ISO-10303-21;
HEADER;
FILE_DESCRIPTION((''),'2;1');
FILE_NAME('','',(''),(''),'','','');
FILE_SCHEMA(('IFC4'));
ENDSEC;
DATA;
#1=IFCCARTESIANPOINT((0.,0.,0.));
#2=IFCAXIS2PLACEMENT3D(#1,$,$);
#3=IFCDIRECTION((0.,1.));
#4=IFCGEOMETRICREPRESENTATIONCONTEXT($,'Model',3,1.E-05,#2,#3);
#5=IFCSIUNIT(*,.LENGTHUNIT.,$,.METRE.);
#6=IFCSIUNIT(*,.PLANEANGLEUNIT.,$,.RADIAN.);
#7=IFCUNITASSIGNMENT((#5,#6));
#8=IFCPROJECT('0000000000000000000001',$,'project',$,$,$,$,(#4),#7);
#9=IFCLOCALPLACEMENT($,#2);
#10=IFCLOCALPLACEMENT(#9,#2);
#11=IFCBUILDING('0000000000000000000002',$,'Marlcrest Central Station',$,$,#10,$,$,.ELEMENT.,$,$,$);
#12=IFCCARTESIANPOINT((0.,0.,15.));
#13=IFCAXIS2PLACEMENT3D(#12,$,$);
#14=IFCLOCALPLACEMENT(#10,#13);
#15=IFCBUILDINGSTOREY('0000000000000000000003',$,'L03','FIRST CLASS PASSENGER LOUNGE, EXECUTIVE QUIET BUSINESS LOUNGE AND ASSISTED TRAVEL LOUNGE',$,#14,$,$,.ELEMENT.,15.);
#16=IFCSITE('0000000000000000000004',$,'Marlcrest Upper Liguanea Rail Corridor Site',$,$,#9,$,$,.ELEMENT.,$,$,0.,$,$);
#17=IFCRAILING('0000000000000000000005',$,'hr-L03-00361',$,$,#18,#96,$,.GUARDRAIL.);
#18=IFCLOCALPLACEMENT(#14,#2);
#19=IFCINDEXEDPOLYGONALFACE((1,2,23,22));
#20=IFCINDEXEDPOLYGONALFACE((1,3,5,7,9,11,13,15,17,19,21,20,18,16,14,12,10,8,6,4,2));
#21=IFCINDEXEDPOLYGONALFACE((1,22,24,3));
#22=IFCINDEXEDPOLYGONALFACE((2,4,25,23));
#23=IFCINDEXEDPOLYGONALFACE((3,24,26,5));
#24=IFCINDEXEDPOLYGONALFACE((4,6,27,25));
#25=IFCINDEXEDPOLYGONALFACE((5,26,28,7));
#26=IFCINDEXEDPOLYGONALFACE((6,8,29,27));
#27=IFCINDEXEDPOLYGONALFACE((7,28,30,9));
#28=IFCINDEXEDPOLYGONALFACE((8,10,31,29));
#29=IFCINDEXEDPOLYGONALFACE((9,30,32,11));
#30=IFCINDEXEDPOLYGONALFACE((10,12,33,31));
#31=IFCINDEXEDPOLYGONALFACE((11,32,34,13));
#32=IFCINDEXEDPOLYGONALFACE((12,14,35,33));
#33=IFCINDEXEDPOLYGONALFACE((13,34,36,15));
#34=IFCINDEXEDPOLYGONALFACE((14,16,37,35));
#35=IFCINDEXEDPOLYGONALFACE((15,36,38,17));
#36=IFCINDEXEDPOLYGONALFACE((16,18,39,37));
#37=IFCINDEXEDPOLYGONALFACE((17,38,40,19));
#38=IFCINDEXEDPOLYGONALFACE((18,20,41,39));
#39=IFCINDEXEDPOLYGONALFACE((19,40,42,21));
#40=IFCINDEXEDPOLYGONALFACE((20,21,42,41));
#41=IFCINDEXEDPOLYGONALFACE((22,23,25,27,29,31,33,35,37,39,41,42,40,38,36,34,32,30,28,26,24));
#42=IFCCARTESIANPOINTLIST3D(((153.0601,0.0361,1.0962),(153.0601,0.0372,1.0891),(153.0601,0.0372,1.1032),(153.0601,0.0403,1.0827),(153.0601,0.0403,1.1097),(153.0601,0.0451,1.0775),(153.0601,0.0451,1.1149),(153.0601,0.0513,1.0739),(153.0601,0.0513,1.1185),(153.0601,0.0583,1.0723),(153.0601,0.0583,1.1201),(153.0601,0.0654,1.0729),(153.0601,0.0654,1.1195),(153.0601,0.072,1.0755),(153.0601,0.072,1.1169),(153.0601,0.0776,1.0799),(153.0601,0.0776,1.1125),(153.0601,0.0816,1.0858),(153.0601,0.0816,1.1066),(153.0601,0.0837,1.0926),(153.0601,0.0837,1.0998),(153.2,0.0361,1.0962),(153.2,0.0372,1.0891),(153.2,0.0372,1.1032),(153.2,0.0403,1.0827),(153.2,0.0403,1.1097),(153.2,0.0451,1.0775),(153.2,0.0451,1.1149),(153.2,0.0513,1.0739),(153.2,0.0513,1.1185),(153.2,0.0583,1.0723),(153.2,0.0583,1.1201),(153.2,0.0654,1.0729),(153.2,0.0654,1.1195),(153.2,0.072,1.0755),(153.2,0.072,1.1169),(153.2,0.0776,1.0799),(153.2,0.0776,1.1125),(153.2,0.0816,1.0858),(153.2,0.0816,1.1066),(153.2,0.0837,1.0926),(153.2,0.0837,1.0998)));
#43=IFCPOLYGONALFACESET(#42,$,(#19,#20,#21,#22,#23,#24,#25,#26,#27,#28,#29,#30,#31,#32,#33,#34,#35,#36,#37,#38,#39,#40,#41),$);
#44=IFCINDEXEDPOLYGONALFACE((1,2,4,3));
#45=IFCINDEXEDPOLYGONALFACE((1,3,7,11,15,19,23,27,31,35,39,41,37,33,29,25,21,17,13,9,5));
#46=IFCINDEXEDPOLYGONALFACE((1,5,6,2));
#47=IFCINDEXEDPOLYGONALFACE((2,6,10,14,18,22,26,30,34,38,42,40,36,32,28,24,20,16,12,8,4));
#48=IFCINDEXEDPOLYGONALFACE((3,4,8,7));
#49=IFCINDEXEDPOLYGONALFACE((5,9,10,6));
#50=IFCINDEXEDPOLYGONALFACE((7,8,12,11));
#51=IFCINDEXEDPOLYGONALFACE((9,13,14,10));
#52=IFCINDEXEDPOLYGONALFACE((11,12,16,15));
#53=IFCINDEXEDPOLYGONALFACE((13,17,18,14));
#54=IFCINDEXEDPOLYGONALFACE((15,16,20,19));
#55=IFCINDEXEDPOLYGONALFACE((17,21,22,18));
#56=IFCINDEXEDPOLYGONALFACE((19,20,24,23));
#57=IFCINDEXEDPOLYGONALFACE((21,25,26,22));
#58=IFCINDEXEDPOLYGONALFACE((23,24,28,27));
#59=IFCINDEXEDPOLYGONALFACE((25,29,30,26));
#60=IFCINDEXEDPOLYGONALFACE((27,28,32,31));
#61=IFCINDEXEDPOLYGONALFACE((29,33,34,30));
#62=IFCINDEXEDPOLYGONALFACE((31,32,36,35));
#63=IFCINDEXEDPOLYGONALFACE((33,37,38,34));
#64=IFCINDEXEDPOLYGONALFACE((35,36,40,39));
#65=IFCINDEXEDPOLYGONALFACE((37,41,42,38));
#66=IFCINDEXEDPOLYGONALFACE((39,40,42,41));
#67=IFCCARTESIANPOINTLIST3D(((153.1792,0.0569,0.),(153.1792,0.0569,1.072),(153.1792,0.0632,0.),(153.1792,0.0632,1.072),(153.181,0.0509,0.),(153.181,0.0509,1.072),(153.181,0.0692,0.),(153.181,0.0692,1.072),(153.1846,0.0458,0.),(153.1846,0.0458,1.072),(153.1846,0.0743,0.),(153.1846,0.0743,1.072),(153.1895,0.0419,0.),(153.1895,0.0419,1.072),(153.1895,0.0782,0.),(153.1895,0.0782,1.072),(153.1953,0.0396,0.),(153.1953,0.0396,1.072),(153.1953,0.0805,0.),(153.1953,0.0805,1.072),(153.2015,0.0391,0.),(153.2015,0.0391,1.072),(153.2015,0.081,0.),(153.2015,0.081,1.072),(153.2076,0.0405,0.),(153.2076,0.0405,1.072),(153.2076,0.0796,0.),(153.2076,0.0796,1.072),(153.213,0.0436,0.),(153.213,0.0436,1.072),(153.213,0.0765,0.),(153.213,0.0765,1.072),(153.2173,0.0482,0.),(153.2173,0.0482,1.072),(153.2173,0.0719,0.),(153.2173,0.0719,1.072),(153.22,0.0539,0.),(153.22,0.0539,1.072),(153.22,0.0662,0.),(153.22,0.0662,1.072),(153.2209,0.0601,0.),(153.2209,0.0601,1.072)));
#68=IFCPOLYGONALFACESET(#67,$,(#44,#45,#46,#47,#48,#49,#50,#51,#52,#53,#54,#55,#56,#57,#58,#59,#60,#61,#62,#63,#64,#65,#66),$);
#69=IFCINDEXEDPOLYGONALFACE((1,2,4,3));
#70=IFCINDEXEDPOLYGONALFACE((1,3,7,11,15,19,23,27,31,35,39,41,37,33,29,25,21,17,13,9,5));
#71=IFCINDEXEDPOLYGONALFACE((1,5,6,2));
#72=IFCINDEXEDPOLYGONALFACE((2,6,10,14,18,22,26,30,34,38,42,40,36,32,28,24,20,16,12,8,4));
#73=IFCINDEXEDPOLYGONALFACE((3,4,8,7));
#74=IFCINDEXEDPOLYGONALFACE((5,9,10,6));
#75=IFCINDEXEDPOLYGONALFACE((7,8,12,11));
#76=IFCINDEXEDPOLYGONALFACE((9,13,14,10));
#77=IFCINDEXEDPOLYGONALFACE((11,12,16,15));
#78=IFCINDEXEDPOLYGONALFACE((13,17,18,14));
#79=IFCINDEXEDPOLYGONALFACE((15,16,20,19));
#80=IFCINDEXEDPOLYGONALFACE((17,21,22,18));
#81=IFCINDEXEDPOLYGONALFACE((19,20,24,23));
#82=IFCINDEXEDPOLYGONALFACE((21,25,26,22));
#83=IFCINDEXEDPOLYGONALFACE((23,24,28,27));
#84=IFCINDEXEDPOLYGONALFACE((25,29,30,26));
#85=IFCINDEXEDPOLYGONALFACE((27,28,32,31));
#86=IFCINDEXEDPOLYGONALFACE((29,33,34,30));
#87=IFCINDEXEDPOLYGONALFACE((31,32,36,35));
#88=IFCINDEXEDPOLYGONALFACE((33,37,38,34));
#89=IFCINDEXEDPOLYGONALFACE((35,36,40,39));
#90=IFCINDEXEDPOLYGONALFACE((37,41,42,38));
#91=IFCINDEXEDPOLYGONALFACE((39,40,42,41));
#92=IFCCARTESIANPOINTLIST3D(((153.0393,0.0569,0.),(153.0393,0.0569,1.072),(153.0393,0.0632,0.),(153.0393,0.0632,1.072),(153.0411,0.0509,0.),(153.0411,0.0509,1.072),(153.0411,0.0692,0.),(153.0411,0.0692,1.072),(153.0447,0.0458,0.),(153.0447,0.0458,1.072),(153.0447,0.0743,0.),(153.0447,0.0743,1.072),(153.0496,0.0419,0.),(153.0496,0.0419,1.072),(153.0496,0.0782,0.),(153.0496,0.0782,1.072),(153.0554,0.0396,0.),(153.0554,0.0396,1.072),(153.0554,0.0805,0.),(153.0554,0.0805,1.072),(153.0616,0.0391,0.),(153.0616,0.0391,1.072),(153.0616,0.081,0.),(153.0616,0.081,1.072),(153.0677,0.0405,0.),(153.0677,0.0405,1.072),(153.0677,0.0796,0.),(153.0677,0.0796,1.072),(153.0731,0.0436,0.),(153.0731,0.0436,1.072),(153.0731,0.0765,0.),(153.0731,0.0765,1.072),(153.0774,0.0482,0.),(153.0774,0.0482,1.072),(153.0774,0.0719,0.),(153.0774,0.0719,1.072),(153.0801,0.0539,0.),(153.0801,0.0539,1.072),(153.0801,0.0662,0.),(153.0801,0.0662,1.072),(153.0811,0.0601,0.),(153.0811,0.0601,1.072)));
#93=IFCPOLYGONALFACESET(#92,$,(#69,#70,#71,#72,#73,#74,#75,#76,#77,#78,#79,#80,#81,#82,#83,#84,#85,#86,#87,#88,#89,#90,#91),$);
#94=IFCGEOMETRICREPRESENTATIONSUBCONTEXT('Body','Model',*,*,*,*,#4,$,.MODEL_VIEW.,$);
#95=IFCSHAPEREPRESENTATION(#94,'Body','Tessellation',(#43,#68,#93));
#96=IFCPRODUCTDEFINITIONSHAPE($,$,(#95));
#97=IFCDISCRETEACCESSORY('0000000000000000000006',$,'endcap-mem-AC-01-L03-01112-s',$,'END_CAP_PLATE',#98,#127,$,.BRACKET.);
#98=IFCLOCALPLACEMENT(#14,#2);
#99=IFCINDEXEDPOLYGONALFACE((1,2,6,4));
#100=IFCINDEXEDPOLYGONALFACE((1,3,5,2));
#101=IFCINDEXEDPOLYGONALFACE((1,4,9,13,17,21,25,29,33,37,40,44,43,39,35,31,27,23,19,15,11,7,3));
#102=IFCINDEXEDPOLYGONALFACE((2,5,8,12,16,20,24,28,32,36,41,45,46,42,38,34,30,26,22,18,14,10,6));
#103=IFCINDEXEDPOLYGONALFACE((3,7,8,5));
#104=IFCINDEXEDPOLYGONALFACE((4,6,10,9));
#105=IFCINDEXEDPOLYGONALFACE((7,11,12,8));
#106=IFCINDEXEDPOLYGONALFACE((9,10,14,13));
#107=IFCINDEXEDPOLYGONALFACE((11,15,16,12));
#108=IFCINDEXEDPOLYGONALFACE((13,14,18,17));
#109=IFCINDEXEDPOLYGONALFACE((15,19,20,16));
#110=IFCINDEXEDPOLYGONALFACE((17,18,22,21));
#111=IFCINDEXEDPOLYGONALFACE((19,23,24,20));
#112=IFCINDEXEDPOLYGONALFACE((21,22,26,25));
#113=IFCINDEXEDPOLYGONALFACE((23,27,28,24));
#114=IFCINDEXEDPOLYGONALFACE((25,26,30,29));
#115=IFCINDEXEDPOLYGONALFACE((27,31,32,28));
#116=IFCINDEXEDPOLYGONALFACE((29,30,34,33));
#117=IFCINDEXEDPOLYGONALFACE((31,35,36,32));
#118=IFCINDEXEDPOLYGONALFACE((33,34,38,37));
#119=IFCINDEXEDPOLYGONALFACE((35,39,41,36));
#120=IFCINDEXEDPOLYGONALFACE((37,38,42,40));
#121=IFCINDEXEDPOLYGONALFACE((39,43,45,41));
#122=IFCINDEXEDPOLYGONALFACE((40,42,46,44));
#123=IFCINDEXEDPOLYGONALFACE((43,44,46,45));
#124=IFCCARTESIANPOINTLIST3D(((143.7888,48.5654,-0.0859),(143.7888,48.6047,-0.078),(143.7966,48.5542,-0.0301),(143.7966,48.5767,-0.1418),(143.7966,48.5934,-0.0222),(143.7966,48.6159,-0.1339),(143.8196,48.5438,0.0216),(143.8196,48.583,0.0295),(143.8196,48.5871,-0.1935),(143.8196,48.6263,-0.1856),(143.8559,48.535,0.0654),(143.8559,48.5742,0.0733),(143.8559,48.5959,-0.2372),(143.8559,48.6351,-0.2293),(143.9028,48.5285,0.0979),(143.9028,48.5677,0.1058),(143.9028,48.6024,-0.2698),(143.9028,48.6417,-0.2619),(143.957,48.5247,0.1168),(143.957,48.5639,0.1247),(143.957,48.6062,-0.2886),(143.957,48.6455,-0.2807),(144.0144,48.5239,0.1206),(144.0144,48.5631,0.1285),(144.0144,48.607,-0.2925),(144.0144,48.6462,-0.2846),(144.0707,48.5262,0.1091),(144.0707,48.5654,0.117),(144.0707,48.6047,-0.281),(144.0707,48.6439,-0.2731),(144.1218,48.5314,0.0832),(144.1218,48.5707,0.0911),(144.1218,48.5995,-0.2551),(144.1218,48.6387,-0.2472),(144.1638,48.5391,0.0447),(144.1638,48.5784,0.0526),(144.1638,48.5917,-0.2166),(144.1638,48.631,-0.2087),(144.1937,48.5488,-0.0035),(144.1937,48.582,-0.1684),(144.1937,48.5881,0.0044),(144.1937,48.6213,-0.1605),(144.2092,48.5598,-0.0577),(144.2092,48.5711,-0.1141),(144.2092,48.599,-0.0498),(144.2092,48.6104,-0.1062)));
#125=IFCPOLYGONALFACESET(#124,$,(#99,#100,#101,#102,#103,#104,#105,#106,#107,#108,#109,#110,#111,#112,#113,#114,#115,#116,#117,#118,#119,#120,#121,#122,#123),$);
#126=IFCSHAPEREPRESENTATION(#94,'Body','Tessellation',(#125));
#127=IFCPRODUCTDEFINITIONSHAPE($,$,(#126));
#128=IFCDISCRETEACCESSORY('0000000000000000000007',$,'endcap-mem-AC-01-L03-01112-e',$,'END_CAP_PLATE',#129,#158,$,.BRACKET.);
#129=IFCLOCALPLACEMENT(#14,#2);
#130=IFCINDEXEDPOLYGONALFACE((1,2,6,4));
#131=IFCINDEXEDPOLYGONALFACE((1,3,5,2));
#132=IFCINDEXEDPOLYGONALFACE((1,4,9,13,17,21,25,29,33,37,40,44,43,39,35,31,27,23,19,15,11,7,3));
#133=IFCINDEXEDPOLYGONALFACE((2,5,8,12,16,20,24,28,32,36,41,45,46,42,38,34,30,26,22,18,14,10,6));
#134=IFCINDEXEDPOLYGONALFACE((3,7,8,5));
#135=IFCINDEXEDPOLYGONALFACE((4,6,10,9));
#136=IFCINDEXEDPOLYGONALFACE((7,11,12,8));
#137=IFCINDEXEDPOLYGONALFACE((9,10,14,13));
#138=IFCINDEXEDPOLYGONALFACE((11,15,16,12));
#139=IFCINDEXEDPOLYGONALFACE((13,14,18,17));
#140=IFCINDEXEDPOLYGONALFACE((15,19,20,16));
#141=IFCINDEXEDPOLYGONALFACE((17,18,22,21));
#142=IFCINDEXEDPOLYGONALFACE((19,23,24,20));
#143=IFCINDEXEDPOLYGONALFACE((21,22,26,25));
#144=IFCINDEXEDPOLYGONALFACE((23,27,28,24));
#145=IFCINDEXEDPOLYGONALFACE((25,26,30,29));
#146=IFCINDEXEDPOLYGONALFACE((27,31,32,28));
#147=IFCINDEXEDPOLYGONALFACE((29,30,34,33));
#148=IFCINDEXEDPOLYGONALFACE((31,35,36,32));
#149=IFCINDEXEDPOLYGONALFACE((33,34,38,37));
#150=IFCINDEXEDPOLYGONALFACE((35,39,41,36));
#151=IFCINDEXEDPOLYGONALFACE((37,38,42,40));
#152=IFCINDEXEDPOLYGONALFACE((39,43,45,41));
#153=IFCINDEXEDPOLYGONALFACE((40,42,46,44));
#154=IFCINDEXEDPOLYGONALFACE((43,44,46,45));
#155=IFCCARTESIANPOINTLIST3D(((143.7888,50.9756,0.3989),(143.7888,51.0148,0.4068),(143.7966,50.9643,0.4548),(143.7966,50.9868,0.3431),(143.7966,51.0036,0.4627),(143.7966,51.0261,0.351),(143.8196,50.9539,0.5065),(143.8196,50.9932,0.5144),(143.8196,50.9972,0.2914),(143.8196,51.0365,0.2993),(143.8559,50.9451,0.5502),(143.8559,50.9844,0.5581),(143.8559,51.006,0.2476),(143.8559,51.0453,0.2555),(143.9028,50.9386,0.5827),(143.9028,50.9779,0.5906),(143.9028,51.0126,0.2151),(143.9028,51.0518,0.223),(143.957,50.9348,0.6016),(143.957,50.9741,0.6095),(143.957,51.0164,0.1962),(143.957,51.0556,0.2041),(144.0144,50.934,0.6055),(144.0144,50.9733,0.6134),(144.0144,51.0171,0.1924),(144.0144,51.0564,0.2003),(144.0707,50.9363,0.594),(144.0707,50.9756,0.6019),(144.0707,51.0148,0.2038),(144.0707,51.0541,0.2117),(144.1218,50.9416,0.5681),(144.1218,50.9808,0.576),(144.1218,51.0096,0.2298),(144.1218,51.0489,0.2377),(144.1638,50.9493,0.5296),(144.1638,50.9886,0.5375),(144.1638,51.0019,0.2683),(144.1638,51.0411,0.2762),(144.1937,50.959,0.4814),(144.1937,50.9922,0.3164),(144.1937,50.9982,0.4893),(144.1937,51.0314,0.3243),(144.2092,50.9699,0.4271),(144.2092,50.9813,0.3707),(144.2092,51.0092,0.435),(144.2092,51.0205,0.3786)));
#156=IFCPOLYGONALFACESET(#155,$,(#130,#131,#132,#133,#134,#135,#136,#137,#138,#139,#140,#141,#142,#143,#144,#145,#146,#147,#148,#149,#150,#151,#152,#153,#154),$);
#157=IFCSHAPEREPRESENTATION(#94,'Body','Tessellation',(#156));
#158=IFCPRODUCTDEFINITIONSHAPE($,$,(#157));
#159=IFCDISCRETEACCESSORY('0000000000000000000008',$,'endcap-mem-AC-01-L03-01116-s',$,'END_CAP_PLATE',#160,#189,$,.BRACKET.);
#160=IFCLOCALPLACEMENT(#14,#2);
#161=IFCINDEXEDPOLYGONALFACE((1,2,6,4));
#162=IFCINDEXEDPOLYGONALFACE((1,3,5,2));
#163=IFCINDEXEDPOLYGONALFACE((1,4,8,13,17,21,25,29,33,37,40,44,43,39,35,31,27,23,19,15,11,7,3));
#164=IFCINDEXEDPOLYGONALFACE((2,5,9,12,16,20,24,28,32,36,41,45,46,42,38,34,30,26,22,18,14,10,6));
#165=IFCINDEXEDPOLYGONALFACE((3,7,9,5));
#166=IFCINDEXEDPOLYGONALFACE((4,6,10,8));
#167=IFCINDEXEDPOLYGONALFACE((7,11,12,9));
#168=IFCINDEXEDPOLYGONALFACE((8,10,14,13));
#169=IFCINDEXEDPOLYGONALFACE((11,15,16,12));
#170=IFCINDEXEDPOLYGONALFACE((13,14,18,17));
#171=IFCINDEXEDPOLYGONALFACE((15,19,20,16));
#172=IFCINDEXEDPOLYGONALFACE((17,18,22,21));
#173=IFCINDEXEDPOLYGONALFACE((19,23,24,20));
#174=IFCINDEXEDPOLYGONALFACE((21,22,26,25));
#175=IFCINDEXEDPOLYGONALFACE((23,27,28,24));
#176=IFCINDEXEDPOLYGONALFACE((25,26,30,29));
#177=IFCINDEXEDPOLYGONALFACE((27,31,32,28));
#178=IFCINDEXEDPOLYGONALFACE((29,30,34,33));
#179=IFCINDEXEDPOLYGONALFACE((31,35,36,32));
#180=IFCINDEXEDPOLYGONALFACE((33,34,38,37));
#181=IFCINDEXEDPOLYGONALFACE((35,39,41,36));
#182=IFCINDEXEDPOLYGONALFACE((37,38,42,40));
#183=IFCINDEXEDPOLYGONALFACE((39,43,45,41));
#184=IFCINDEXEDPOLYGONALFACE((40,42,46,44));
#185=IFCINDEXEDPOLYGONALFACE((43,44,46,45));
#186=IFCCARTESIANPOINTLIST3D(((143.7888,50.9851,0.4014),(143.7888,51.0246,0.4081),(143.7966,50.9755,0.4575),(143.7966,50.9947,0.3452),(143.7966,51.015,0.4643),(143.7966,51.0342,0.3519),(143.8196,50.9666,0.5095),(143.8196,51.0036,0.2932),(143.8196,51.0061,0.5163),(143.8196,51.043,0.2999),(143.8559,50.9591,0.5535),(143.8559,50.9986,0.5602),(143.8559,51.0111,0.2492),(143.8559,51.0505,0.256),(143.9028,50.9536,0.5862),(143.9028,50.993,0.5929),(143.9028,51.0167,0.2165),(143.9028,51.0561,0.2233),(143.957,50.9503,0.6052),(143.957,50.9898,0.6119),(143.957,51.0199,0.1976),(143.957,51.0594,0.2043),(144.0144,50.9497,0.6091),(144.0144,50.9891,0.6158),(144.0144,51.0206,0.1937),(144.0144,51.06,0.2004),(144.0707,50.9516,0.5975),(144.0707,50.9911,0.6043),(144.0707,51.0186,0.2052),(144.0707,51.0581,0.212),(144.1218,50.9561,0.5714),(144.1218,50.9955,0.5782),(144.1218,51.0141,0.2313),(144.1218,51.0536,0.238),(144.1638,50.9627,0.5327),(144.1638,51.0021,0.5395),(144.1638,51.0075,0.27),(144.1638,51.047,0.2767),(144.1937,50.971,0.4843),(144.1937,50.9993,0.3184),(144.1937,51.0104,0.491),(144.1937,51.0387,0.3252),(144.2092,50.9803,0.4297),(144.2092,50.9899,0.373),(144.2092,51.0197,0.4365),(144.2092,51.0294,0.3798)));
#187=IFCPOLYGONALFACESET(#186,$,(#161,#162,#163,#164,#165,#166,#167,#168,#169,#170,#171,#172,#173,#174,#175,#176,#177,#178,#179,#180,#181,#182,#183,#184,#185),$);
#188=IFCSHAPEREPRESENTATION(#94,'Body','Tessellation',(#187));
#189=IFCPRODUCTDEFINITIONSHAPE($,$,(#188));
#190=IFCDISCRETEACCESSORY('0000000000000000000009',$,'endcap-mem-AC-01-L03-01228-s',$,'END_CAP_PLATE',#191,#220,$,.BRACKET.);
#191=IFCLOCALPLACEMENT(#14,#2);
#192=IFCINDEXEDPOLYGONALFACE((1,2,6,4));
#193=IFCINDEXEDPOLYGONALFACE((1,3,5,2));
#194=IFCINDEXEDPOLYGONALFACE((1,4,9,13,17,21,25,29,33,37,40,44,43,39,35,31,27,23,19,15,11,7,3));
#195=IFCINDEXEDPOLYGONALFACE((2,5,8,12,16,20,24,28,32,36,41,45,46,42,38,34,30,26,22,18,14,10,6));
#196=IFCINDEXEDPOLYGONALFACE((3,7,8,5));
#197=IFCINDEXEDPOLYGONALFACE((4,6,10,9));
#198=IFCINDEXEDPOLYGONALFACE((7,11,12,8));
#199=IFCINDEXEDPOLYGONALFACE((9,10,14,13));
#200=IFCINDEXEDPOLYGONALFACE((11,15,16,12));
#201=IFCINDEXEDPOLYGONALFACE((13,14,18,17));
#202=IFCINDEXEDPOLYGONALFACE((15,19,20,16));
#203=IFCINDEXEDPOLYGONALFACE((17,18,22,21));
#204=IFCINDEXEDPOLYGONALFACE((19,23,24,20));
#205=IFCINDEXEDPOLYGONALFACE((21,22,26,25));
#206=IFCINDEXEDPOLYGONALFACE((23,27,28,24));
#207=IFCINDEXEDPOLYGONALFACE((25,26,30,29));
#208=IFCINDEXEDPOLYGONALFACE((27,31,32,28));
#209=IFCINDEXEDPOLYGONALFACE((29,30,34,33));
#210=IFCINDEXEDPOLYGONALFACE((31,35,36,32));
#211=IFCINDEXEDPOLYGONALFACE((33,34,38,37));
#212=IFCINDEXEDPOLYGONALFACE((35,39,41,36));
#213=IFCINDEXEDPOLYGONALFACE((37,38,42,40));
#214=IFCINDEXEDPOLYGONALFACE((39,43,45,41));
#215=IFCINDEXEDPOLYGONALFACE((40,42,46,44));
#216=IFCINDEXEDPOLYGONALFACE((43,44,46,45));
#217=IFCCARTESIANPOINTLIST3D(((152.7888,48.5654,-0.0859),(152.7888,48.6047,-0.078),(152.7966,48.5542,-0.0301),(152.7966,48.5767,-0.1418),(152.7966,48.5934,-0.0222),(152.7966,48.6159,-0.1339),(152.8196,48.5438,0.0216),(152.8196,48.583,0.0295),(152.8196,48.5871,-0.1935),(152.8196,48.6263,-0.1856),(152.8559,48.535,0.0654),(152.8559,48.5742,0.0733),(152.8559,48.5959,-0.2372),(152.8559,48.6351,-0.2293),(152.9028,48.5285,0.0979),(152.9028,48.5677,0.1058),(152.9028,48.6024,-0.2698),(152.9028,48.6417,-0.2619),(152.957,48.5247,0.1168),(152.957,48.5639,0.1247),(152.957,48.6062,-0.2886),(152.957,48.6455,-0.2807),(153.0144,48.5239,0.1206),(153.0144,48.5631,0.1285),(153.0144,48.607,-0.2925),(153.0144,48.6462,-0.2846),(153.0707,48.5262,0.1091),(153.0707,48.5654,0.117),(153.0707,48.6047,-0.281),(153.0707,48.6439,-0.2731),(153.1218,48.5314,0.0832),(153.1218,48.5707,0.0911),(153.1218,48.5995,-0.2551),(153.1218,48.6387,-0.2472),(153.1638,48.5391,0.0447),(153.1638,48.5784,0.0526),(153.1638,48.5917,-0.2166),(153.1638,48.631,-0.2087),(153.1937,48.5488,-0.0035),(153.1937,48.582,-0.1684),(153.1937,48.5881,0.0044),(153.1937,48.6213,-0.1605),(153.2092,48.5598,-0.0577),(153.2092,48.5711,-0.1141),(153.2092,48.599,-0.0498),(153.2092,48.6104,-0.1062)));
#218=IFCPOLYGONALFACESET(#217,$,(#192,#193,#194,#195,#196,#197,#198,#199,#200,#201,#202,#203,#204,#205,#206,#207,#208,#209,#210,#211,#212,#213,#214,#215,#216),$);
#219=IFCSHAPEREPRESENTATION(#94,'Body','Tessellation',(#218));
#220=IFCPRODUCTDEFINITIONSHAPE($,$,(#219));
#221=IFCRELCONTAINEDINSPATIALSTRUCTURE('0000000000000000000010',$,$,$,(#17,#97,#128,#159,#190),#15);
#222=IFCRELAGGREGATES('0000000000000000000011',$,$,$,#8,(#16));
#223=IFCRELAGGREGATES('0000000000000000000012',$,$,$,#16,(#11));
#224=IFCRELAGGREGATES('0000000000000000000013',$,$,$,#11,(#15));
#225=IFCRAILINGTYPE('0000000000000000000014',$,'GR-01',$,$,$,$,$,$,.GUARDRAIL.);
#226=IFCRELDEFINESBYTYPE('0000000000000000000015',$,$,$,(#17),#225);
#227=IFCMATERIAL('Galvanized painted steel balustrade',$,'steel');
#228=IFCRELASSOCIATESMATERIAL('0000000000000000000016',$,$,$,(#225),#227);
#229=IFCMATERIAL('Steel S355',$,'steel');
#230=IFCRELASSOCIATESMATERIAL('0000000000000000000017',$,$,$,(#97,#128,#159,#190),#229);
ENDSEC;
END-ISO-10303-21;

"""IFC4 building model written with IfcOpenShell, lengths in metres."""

from ifc_helpers import new_model, si_unit, direction, frame, origin, origin_2d, place, context, subcontext, project, spatial, circle, extrude, material, type_object, element, save


model = new_model("IFC4")

# Units and contexts
model_context = context("Model", 3, precision=1e-05, world=origin(), true_north=direction((0.0, 1.0)))
body_context = subcontext(model_context, "Body", "Model", "MODEL_VIEW")
ifc_project = project(units=[si_unit("LENGTHUNIT", "METRE"), si_unit("PLANEANGLEUNIT", "RADIAN")], contexts=[model_context])

# Site, building, storey
site_placement = place(None, origin())
site = spatial("IfcSite", under=ifc_project, at=site_placement, Name="Marlcrest Upper Liguanea Rail Corridor Site", CompositionType="ELEMENT", RefElevation=0.0)
building_placement = place(site_placement, origin())
building = spatial("IfcBuilding", under=site, at=building_placement, Name="Marlcrest Central Station", CompositionType="ELEMENT")
storey_placement = place(building_placement, frame((0.0, 0.0, 15.0)))
storey = spatial("IfcBuildingStorey", under=building, at=storey_placement, Name="L03", Description="FIRST CLASS PASSENGER LOUNGE, EXECUTIVE QUIET BUSINESS LOUNGE AND ASSISTED TRAVEL LOUNGE", CompositionType="ELEMENT", Elevation=15.0)

# Shared definitions
ifc_material_1 = material(Name="Steel S355", Category="steel")

# Railing
ifc_material_2 = material(Name="Galvanized painted steel balustrade", Category="steel")
railing_type = type_object("IfcRailingType", Name="GR-01", PredefinedType="GUARDRAIL", material=ifc_material_2)
railing_1_placement = place(storey_placement, frame((153.2, 0.0601, 0.0)))
element("IfcRailing", 1, at=railing_1_placement, inside=storey, type_object=railing_type, Name="hr-L03-00361", PredefinedType="GUARDRAIL", context=body_context, shape_type="SweptSolid", body=[
    extrude(circle(Radius=0.0239, at=origin_2d()), frame((0.0, 0.0, 1.0962), z_axis=(-1.0, 0.0, 0.0), x_axis=(0.0, -1.0, 0.0)), (0.0, 0.0, 1.0), 0.1399),
    extrude(circle(Radius=0.021, at=origin_2d()), origin(), (0.0, 0.0, 1.0), 1.072),
    extrude(circle(Radius=0.021, at=origin_2d()), frame((-0.1399, 0.0, 0.0)), (0.0, 0.0, 1.0), 1.072),
])

# Discrete accessories
for number, where, z_axis, x_axis, name in (
    (2, (144.0, 48.5654, -0.0859), (0.0, 0.980359, 0.197219), (-1.0, 0.0, 0.0), "endcap-mem-AC-01-L03-01112-s"),
    (3, (144.0, 50.9756, 0.3989), (0.0, 0.980359, 0.197219), (-1.0, 0.0, 0.0), "endcap-mem-AC-01-L03-01112-e"),
    (4, (144.0, 50.9851, 0.4014), (0.0, 0.985741, 0.168269), (-1.0, 0.0, 0.0), "endcap-mem-AC-01-L03-01116-s"),
    (5, (153.0, 48.5654, -0.0859), (0.0, 0.980359, 0.197219), (-1.0, 0.0, 0.0), "endcap-mem-AC-01-L03-01228-s"),
):
    element("IfcDiscreteAccessory", number, at=place(storey_placement, frame(where, z_axis=z_axis, x_axis=x_axis)), inside=storey, material=ifc_material_1, Name=name, ObjectType="END_CAP_PLATE", PredefinedType="BRACKET", context=body_context, shape_type="SweptSolid", body=[
        extrude(circle(Radius=0.2112, at=origin_2d()), origin(), (0.0, 0.0, 1.0), 0.04),
    ])

save(model, "model.ifc")
